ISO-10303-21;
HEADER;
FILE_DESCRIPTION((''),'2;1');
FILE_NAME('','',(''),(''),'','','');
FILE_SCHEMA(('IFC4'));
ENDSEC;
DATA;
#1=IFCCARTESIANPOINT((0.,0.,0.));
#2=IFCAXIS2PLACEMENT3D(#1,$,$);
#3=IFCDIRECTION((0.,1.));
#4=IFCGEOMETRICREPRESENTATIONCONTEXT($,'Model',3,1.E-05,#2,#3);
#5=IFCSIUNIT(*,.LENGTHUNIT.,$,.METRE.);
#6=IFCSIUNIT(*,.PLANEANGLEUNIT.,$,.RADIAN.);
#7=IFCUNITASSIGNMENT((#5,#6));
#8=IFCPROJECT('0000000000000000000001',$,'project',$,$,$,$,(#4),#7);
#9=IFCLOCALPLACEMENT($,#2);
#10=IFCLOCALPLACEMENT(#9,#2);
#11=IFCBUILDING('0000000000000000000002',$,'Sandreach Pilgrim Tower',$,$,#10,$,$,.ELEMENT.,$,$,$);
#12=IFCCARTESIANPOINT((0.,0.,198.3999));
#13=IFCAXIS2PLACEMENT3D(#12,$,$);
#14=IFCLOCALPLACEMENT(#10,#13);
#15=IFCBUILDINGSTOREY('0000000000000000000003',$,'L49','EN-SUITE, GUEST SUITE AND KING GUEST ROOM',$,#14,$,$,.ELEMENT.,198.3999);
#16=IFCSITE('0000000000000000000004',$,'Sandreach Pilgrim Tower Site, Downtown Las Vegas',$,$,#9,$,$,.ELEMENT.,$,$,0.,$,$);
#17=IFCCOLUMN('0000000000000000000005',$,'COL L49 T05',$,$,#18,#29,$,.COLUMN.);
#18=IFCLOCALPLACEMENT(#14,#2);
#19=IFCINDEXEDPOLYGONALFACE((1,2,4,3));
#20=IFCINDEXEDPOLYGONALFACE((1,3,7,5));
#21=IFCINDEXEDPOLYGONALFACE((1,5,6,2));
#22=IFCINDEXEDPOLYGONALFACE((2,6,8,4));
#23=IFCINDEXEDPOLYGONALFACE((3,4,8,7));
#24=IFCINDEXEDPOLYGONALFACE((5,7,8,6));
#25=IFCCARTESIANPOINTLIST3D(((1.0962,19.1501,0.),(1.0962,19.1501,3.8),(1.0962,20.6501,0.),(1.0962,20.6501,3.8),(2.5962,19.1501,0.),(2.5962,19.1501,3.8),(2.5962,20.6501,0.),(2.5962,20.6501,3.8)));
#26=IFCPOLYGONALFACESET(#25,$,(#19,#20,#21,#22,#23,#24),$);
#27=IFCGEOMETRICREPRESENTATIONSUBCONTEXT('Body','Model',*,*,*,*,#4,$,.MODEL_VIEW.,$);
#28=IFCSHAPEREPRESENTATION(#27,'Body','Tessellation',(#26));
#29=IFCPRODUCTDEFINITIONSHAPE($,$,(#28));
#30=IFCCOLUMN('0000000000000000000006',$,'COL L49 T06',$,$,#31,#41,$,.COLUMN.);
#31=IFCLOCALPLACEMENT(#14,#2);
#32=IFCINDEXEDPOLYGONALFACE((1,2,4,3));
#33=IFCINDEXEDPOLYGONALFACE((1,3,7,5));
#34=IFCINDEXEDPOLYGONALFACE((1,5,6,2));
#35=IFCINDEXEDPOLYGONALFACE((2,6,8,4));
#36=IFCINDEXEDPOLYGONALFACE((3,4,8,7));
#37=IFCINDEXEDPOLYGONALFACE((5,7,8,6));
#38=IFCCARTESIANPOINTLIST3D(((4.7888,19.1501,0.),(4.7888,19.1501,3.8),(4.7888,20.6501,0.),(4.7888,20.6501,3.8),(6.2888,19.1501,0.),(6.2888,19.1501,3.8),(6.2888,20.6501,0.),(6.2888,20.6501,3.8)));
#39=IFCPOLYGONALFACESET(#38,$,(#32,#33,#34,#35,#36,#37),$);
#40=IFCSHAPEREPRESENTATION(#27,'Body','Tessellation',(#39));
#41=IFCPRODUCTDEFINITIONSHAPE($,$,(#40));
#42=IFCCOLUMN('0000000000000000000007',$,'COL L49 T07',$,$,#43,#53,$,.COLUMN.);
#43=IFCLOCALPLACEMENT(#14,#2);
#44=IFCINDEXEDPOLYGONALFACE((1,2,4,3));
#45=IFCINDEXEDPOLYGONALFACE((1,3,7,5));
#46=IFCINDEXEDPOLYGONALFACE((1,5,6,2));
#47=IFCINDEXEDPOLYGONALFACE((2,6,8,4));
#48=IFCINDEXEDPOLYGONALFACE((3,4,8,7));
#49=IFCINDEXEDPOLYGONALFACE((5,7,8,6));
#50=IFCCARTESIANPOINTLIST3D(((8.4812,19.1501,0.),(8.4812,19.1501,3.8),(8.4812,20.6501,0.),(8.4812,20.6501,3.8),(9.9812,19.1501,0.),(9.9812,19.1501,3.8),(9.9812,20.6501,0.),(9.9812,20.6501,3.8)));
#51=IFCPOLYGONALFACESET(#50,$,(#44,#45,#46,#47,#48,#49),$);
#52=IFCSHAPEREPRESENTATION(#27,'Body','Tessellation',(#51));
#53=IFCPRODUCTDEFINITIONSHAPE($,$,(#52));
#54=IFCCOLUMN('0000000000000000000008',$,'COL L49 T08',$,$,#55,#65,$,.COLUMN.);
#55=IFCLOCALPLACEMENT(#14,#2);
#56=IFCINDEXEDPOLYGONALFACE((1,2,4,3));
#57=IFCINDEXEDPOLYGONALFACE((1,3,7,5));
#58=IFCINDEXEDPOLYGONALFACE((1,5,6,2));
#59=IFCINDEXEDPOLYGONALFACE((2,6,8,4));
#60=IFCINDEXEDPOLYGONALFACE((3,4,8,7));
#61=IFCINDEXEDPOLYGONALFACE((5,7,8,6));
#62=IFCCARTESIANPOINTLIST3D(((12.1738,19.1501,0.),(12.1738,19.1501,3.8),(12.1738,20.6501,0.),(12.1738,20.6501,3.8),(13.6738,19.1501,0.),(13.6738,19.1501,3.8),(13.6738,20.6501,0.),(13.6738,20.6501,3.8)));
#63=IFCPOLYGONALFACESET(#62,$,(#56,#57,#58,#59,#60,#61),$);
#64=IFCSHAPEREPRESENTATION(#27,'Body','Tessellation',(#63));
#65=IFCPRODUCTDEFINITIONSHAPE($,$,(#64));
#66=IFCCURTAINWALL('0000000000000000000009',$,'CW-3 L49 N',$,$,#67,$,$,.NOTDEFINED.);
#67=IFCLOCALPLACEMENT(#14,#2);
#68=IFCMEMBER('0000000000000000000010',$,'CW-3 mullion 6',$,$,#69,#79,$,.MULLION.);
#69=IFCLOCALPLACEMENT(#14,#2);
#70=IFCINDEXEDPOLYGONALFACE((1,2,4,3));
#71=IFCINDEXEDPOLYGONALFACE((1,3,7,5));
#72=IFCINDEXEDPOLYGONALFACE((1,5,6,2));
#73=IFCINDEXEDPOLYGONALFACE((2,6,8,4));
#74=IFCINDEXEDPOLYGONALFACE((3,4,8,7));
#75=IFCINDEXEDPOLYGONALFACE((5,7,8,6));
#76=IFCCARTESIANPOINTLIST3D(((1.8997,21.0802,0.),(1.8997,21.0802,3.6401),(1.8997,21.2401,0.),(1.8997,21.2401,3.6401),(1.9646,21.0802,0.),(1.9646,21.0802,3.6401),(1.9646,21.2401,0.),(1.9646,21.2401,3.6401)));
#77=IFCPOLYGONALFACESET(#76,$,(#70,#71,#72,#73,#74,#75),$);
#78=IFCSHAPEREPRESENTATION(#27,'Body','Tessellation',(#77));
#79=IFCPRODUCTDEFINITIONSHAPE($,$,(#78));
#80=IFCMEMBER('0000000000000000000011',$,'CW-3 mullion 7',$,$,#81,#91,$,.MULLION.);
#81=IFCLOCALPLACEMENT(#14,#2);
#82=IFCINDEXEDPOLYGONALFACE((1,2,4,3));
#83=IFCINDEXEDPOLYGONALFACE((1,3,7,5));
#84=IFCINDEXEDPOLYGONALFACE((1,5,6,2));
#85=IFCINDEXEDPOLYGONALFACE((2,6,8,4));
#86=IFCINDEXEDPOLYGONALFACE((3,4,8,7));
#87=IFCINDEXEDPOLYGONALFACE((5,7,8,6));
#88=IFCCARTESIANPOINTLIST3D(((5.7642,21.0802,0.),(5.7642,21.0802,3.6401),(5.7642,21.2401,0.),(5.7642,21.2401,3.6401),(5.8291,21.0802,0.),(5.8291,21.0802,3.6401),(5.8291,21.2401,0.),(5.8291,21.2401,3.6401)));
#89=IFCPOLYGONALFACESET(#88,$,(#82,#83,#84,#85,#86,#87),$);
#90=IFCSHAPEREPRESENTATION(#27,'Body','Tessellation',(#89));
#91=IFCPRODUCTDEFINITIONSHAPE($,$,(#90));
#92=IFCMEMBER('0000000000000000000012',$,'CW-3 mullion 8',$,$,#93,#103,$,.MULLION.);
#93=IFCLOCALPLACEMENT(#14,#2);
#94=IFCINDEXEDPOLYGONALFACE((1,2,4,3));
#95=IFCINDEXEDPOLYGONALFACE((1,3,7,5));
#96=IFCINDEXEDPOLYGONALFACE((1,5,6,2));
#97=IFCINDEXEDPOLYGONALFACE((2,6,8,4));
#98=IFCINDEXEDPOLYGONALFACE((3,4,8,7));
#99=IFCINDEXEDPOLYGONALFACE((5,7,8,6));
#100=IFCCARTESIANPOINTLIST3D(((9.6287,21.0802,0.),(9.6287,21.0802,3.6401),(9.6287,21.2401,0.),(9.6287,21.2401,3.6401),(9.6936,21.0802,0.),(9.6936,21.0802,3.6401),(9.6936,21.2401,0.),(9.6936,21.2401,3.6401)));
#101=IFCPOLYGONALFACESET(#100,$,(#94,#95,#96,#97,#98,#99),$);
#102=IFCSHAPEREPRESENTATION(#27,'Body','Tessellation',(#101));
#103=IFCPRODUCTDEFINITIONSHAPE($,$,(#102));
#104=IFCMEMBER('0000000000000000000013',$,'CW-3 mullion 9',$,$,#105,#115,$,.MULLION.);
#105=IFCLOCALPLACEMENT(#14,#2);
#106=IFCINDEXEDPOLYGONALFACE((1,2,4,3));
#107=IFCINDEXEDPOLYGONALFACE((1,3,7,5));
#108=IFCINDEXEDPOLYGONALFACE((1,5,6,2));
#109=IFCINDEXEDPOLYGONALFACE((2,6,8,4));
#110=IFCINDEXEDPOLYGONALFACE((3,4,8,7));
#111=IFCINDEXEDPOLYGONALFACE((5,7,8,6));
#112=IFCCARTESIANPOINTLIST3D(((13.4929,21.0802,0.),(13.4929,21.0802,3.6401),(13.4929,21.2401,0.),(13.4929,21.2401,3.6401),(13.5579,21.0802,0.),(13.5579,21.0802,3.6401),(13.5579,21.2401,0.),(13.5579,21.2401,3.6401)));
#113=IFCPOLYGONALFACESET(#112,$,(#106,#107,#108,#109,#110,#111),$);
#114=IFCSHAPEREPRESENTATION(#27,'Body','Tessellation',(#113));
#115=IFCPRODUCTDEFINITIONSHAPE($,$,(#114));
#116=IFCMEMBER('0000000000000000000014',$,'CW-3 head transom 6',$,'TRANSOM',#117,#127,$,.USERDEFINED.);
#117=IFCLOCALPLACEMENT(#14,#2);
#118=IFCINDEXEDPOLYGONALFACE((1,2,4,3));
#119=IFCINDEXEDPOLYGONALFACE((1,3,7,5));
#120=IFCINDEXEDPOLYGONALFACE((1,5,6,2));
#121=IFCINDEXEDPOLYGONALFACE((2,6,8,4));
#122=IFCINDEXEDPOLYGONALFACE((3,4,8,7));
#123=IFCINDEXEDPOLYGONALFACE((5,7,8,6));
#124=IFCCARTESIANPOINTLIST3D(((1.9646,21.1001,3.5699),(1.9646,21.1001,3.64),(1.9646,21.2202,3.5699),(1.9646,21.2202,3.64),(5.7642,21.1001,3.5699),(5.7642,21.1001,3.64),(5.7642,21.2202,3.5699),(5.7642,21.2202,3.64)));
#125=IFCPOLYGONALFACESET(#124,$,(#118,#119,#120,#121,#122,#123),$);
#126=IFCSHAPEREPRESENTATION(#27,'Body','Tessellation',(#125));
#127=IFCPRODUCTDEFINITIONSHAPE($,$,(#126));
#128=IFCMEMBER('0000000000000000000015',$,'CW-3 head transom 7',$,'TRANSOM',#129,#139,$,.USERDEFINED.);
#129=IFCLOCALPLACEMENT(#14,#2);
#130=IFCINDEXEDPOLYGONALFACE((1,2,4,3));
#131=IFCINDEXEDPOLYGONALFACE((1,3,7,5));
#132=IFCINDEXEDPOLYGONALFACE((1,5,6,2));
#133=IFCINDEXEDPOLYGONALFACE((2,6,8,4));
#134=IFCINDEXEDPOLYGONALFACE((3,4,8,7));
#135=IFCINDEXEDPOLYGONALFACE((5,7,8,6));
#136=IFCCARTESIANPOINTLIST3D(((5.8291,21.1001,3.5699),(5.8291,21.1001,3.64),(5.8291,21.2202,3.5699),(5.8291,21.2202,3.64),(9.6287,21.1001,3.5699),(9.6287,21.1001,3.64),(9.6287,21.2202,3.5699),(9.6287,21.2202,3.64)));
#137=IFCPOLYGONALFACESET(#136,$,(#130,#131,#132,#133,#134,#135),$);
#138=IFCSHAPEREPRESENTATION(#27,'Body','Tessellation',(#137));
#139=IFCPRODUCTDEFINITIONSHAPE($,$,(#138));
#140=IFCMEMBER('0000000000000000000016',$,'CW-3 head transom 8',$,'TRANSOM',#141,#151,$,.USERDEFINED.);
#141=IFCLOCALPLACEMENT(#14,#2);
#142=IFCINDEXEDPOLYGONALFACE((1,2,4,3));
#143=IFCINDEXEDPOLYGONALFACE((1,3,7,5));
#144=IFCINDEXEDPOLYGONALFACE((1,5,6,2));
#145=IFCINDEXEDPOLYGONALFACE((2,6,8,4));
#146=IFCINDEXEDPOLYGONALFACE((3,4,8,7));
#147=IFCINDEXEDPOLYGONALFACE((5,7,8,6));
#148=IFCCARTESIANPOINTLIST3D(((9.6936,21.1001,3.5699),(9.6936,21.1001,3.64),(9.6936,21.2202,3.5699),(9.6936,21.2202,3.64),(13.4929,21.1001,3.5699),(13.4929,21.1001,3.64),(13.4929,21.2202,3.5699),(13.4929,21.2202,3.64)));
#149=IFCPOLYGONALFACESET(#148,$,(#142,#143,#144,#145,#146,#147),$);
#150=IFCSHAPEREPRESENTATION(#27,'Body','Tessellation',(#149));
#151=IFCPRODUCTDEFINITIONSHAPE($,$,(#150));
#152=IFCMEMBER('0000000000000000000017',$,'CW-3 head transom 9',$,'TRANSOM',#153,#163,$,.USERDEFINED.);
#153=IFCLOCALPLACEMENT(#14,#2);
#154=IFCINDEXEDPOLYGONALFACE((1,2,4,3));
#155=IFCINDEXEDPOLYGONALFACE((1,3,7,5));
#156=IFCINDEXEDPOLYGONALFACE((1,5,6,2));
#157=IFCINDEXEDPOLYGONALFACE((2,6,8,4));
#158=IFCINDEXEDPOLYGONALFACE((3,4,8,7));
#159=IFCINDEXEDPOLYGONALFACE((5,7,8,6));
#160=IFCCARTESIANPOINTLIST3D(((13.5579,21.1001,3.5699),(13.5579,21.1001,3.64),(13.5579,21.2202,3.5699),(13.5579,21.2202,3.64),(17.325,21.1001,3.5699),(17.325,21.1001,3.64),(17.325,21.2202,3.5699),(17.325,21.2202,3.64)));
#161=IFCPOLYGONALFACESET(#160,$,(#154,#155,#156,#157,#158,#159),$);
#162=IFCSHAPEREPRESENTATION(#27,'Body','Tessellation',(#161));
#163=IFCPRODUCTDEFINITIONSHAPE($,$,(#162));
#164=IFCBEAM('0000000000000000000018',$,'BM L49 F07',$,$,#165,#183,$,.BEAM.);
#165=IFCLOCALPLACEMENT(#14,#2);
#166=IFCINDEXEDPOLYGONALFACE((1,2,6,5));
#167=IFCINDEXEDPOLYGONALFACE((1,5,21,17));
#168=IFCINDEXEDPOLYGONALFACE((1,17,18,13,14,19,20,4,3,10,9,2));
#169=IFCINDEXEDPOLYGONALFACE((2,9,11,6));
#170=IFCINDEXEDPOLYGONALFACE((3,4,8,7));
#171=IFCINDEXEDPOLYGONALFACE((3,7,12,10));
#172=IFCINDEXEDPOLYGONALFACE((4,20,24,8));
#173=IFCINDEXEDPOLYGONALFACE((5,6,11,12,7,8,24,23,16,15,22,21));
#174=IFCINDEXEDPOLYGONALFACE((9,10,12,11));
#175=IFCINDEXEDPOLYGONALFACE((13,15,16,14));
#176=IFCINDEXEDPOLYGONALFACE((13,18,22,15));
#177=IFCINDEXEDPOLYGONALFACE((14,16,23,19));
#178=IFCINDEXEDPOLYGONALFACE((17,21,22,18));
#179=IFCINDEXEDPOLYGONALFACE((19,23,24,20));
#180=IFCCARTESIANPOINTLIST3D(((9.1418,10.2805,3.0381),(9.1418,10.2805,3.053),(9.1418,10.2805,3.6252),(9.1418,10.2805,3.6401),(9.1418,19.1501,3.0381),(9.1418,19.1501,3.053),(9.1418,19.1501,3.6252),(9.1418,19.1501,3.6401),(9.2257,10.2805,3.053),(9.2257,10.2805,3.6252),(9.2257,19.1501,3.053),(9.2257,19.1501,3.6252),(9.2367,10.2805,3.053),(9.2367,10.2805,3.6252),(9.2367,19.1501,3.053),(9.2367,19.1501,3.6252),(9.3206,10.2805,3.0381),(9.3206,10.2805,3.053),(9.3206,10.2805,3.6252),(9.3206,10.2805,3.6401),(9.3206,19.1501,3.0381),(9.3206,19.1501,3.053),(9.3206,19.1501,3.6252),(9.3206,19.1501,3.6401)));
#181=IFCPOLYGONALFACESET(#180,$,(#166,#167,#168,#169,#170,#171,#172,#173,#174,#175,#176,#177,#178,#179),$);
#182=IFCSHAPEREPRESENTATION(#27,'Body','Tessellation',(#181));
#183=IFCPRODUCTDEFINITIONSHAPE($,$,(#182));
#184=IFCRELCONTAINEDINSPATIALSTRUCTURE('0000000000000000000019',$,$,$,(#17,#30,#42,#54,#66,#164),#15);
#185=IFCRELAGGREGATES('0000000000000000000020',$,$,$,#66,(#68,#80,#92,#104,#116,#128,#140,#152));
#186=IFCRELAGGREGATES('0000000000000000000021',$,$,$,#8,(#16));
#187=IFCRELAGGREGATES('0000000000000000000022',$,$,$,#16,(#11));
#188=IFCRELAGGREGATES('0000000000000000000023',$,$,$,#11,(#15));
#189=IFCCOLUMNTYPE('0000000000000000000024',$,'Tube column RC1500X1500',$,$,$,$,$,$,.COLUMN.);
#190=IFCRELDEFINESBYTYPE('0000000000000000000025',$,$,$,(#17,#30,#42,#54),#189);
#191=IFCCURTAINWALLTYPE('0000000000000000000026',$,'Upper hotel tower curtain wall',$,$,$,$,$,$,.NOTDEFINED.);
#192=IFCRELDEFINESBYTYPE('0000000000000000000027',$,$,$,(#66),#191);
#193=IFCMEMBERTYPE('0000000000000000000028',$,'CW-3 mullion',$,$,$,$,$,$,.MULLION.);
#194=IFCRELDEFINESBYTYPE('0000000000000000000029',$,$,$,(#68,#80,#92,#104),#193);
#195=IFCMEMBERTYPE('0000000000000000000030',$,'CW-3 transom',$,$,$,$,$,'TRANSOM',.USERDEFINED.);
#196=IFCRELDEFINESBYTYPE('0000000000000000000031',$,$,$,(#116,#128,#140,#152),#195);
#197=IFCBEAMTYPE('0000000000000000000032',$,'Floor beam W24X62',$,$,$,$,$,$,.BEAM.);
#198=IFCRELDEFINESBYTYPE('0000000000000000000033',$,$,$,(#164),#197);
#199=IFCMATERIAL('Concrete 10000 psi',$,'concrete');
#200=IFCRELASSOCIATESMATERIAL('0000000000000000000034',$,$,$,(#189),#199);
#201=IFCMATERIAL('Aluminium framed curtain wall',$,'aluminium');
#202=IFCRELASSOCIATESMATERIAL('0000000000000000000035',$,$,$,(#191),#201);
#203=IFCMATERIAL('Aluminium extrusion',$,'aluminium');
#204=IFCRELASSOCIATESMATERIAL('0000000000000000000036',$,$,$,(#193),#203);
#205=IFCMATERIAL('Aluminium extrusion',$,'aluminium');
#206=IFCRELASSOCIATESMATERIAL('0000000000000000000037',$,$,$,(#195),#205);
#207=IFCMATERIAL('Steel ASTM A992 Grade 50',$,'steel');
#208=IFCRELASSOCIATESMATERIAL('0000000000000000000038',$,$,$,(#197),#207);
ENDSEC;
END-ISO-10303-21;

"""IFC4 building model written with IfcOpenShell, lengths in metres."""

from ifc_helpers import new_model, si_unit, direction, frame, origin, origin_2d, place, context, subcontext, project, spatial, rectangle, i_section, extrude, material, material_profile, profile_set, type_object, element, aggregate, save


model = new_model("IFC4")

# Units and contexts
model_context = context("Model", 3, precision=1e-05, world=origin(), true_north=direction((0.0, 1.0)))
body_context = subcontext(model_context, "Body", "Model", "MODEL_VIEW")
ifc_project = project(units=[si_unit("LENGTHUNIT", "METRE"), si_unit("PLANEANGLEUNIT", "RADIAN")], contexts=[model_context])

# Site, building, storey
site_placement = place(None, origin())
site = spatial("IfcSite", under=ifc_project, at=site_placement, Name="Sandreach Pilgrim Tower Site, Downtown Las Vegas", CompositionType="ELEMENT", RefElevation=0.0)
building_placement = place(site_placement, origin())
building = spatial("IfcBuilding", under=site, at=building_placement, Name="Sandreach Pilgrim Tower", CompositionType="ELEMENT")
storey_placement = place(building_placement, frame((0.0, 0.0, 198.3999)))
storey = spatial("IfcBuildingStorey", under=building, at=storey_placement, Name="L49", Description="EN-SUITE, GUEST SUITE AND KING GUEST ROOM", CompositionType="ELEMENT", Elevation=198.3999)

# Columns
ifc_material_1 = material(Name="Concrete 10000 psi", Category="concrete")
ifc_material_profile_1 = material_profile(ifc_material_1, rectangle(XDim=1.5, YDim=1.5, at=origin_2d()), Name="RC1500X1500")
ifc_profile_set_1 = profile_set([ifc_material_profile_1], Name="Concrete 10000 psi")
column_type = type_object("IfcColumnType", Name="Tube column RC1500X1500", PredefinedType="COLUMN", material=ifc_profile_set_1)
for number, where, z_axis, x_axis, name in (
    (1, (1.8462, 19.9001, 0.0), (0.0, 0.0, 1.0), (0.0, 1.0, 0.0), "COL L49 T05"),
    (2, (5.5388, 19.9001, 0.0), (0.0, 0.0, 1.0), (0.0, 1.0, 0.0), "COL L49 T06"),
    (3, (9.2312, 19.9001, 0.0), (0.0, 0.0, 1.0), (0.0, 1.0, 0.0), "COL L49 T07"),
    (4, (12.9238, 19.9001, 0.0), (0.0, 0.0, 1.0), (0.0, 1.0, 0.0), "COL L49 T08"),
):
    element("IfcColumn", number, at=place(storey_placement, frame(where, z_axis=z_axis, x_axis=x_axis)), inside=storey, type_object=column_type, Name=name, PredefinedType="COLUMN", context=body_context, shape_type="SweptSolid", body=[
        extrude(rectangle(XDim=1.5, YDim=1.5, at=origin_2d()), origin(), (0.0, 0.0, 1.0), 3.8),
    ])

# Curtain wall, members
ifc_material_2 = material(Name="Aluminium framed curtain wall", Category="aluminium")
curtain_wall_type = type_object("IfcCurtainWallType", Name="Upper hotel tower curtain wall", PredefinedType="NOTDEFINED", material=ifc_material_2)
curtain_wall_placement = place(storey_placement, origin())
curtain_wall = element("IfcCurtainWall", 5, at=curtain_wall_placement, inside=storey, type_object=curtain_wall_type, Name="CW-3 L49 N", PredefinedType="NOTDEFINED")
ifc_material_3 = material(Name="Aluminium extrusion", Category="aluminium")
ifc_material_profile_2 = material_profile(ifc_material_3, rectangle(XDim=0.0649, YDim=0.1599, at=origin_2d()), Name="CW-3M 65X160")
ifc_profile_set_2 = profile_set([ifc_material_profile_2], Name="Aluminium extrusion")
member_type_1 = type_object("IfcMemberType", Name="CW-3 mullion", PredefinedType="MULLION", material=ifc_profile_set_2)
member_1_placement = place(storey_placement, frame((1.9321, 21.1602, 0.0), z_axis=(0.0, 0.0, 1.0), x_axis=(1.0, 0.0, 0.0)))
member_1 = element("IfcMember", 6, at=member_1_placement, type_object=member_type_1, Name="CW-3 mullion 6", PredefinedType="MULLION", context=body_context, shape_type="SweptSolid", body=[
    extrude(rectangle(XDim=0.0649, YDim=0.1599, at=origin_2d()), origin(), (0.0, 0.0, 1.0), 3.6401),
])
member_2_placement = place(storey_placement, frame((5.7966, 21.1602, 0.0), z_axis=(0.0, 0.0, 1.0), x_axis=(1.0, 0.0, 0.0)))
member_2 = element("IfcMember", 7, at=member_2_placement, type_object=member_type_1, Name="CW-3 mullion 7", PredefinedType="MULLION", context=body_context, shape_type="SweptSolid", body=[
    extrude(rectangle(XDim=0.0649, YDim=0.1599, at=origin_2d()), origin(), (0.0, 0.0, 1.0), 3.6401),
])
member_3_placement = place(storey_placement, frame((9.6611, 21.1602, 0.0), z_axis=(0.0, 0.0, 1.0), x_axis=(1.0, 0.0, 0.0)))
member_3 = element("IfcMember", 8, at=member_3_placement, type_object=member_type_1, Name="CW-3 mullion 8", PredefinedType="MULLION", context=body_context, shape_type="SweptSolid", body=[
    extrude(rectangle(XDim=0.0649, YDim=0.1599, at=origin_2d()), origin(), (0.0, 0.0, 1.0), 3.6401),
])
member_4_placement = place(storey_placement, frame((13.5254, 21.1602, 0.0), z_axis=(0.0, 0.0, 1.0), x_axis=(1.0, 0.0, 0.0)))
member_4 = element("IfcMember", 9, at=member_4_placement, type_object=member_type_1, Name="CW-3 mullion 9", PredefinedType="MULLION", context=body_context, shape_type="SweptSolid", body=[
    extrude(rectangle(XDim=0.0649, YDim=0.1599, at=origin_2d()), origin(), (0.0, 0.0, 1.0), 3.6401),
])
ifc_material_4 = material(Name="Aluminium extrusion", Category="aluminium")
ifc_material_profile_3 = material_profile(ifc_material_4, rectangle(XDim=0.1201, YDim=0.0701, at=origin_2d()), Name="CW-3T 120X70")
ifc_profile_set_3 = profile_set([ifc_material_profile_3], Name="Aluminium extrusion")
member_type_2 = type_object("IfcMemberType", Name="CW-3 transom", ElementType="TRANSOM", PredefinedType="USERDEFINED", material=ifc_profile_set_3)
member_5_placement = place(storey_placement, frame((1.9646, 21.1602, 3.605), z_axis=(1.0, 0.0, 0.0), x_axis=(0.0, 1.0, 0.0)))
member_5 = element("IfcMember", 10, at=member_5_placement, type_object=member_type_2, Name="CW-3 head transom 6", ObjectType="TRANSOM", PredefinedType="USERDEFINED", context=body_context, shape_type="SweptSolid", body=[
    extrude(rectangle(XDim=0.1201, YDim=0.0701, at=origin_2d()), origin(), (0.0, 0.0, 1.0), 3.7996),
])
member_6_placement = place(storey_placement, frame((5.8291, 21.1602, 3.605), z_axis=(1.0, 0.0, 0.0), x_axis=(0.0, 1.0, 0.0)))
member_6 = element("IfcMember", 11, at=member_6_placement, type_object=member_type_2, Name="CW-3 head transom 7", ObjectType="TRANSOM", PredefinedType="USERDEFINED", context=body_context, shape_type="SweptSolid", body=[
    extrude(rectangle(XDim=0.1201, YDim=0.0701, at=origin_2d()), origin(), (0.0, 0.0, 1.0), 3.7996),
])
member_7_placement = place(storey_placement, frame((9.6936, 21.1602, 3.605), z_axis=(1.0, 0.0, 0.0), x_axis=(0.0, 1.0, 0.0)))
member_7 = element("IfcMember", 12, at=member_7_placement, type_object=member_type_2, Name="CW-3 head transom 8", ObjectType="TRANSOM", PredefinedType="USERDEFINED", context=body_context, shape_type="SweptSolid", body=[
    extrude(rectangle(XDim=0.1201, YDim=0.0701, at=origin_2d()), origin(), (0.0, 0.0, 1.0), 3.7993),
])
member_8_placement = place(storey_placement, frame((13.5579, 21.1602, 3.605), z_axis=(1.0, 0.0, 0.0), x_axis=(0.0, 1.0, 0.0)))
member_8 = element("IfcMember", 13, at=member_8_placement, type_object=member_type_2, Name="CW-3 head transom 9", ObjectType="TRANSOM", PredefinedType="USERDEFINED", context=body_context, shape_type="SweptSolid", body=[
    extrude(rectangle(XDim=0.1201, YDim=0.0701, at=origin_2d()), origin(), (0.0, 0.0, 1.0), 3.7671),
])

# Beam
ifc_material_5 = material(Name="Steel ASTM A992 Grade 50", Category="steel")
ifc_material_profile_4 = material_profile(ifc_material_5, i_section(OverallWidth=0.1787, OverallDepth=0.6021, WebThickness=0.011, FlangeThickness=0.0149, at=origin_2d()), Name="W24X62")
ifc_profile_set_4 = profile_set([ifc_material_profile_4], Name="Steel ASTM A992 Grade 50")
beam_type_1 = type_object("IfcBeamType", Name="Floor beam W24X62", PredefinedType="BEAM", material=ifc_profile_set_4)
beam_1_placement = place(storey_placement, frame((9.2312, 19.1501, 3.3391), z_axis=(0.0, -1.0, 0.0), x_axis=(1.0, 0.0, 0.0)))
element("IfcBeam", 14, at=beam_1_placement, inside=storey, type_object=beam_type_1, Name="BM L49 F07", PredefinedType="BEAM", context=body_context, shape_type="SweptSolid", body=[
    extrude(i_section(OverallWidth=0.1787, OverallDepth=0.6021, WebThickness=0.011, FlangeThickness=0.0149, at=origin_2d()), origin(), (0.0, 0.0, 1.0), 8.8696),
])

aggregate(curtain_wall, [member_1, member_2, member_3, member_4, member_5, member_6, member_7, member_8])

save(model, "model.ifc")
